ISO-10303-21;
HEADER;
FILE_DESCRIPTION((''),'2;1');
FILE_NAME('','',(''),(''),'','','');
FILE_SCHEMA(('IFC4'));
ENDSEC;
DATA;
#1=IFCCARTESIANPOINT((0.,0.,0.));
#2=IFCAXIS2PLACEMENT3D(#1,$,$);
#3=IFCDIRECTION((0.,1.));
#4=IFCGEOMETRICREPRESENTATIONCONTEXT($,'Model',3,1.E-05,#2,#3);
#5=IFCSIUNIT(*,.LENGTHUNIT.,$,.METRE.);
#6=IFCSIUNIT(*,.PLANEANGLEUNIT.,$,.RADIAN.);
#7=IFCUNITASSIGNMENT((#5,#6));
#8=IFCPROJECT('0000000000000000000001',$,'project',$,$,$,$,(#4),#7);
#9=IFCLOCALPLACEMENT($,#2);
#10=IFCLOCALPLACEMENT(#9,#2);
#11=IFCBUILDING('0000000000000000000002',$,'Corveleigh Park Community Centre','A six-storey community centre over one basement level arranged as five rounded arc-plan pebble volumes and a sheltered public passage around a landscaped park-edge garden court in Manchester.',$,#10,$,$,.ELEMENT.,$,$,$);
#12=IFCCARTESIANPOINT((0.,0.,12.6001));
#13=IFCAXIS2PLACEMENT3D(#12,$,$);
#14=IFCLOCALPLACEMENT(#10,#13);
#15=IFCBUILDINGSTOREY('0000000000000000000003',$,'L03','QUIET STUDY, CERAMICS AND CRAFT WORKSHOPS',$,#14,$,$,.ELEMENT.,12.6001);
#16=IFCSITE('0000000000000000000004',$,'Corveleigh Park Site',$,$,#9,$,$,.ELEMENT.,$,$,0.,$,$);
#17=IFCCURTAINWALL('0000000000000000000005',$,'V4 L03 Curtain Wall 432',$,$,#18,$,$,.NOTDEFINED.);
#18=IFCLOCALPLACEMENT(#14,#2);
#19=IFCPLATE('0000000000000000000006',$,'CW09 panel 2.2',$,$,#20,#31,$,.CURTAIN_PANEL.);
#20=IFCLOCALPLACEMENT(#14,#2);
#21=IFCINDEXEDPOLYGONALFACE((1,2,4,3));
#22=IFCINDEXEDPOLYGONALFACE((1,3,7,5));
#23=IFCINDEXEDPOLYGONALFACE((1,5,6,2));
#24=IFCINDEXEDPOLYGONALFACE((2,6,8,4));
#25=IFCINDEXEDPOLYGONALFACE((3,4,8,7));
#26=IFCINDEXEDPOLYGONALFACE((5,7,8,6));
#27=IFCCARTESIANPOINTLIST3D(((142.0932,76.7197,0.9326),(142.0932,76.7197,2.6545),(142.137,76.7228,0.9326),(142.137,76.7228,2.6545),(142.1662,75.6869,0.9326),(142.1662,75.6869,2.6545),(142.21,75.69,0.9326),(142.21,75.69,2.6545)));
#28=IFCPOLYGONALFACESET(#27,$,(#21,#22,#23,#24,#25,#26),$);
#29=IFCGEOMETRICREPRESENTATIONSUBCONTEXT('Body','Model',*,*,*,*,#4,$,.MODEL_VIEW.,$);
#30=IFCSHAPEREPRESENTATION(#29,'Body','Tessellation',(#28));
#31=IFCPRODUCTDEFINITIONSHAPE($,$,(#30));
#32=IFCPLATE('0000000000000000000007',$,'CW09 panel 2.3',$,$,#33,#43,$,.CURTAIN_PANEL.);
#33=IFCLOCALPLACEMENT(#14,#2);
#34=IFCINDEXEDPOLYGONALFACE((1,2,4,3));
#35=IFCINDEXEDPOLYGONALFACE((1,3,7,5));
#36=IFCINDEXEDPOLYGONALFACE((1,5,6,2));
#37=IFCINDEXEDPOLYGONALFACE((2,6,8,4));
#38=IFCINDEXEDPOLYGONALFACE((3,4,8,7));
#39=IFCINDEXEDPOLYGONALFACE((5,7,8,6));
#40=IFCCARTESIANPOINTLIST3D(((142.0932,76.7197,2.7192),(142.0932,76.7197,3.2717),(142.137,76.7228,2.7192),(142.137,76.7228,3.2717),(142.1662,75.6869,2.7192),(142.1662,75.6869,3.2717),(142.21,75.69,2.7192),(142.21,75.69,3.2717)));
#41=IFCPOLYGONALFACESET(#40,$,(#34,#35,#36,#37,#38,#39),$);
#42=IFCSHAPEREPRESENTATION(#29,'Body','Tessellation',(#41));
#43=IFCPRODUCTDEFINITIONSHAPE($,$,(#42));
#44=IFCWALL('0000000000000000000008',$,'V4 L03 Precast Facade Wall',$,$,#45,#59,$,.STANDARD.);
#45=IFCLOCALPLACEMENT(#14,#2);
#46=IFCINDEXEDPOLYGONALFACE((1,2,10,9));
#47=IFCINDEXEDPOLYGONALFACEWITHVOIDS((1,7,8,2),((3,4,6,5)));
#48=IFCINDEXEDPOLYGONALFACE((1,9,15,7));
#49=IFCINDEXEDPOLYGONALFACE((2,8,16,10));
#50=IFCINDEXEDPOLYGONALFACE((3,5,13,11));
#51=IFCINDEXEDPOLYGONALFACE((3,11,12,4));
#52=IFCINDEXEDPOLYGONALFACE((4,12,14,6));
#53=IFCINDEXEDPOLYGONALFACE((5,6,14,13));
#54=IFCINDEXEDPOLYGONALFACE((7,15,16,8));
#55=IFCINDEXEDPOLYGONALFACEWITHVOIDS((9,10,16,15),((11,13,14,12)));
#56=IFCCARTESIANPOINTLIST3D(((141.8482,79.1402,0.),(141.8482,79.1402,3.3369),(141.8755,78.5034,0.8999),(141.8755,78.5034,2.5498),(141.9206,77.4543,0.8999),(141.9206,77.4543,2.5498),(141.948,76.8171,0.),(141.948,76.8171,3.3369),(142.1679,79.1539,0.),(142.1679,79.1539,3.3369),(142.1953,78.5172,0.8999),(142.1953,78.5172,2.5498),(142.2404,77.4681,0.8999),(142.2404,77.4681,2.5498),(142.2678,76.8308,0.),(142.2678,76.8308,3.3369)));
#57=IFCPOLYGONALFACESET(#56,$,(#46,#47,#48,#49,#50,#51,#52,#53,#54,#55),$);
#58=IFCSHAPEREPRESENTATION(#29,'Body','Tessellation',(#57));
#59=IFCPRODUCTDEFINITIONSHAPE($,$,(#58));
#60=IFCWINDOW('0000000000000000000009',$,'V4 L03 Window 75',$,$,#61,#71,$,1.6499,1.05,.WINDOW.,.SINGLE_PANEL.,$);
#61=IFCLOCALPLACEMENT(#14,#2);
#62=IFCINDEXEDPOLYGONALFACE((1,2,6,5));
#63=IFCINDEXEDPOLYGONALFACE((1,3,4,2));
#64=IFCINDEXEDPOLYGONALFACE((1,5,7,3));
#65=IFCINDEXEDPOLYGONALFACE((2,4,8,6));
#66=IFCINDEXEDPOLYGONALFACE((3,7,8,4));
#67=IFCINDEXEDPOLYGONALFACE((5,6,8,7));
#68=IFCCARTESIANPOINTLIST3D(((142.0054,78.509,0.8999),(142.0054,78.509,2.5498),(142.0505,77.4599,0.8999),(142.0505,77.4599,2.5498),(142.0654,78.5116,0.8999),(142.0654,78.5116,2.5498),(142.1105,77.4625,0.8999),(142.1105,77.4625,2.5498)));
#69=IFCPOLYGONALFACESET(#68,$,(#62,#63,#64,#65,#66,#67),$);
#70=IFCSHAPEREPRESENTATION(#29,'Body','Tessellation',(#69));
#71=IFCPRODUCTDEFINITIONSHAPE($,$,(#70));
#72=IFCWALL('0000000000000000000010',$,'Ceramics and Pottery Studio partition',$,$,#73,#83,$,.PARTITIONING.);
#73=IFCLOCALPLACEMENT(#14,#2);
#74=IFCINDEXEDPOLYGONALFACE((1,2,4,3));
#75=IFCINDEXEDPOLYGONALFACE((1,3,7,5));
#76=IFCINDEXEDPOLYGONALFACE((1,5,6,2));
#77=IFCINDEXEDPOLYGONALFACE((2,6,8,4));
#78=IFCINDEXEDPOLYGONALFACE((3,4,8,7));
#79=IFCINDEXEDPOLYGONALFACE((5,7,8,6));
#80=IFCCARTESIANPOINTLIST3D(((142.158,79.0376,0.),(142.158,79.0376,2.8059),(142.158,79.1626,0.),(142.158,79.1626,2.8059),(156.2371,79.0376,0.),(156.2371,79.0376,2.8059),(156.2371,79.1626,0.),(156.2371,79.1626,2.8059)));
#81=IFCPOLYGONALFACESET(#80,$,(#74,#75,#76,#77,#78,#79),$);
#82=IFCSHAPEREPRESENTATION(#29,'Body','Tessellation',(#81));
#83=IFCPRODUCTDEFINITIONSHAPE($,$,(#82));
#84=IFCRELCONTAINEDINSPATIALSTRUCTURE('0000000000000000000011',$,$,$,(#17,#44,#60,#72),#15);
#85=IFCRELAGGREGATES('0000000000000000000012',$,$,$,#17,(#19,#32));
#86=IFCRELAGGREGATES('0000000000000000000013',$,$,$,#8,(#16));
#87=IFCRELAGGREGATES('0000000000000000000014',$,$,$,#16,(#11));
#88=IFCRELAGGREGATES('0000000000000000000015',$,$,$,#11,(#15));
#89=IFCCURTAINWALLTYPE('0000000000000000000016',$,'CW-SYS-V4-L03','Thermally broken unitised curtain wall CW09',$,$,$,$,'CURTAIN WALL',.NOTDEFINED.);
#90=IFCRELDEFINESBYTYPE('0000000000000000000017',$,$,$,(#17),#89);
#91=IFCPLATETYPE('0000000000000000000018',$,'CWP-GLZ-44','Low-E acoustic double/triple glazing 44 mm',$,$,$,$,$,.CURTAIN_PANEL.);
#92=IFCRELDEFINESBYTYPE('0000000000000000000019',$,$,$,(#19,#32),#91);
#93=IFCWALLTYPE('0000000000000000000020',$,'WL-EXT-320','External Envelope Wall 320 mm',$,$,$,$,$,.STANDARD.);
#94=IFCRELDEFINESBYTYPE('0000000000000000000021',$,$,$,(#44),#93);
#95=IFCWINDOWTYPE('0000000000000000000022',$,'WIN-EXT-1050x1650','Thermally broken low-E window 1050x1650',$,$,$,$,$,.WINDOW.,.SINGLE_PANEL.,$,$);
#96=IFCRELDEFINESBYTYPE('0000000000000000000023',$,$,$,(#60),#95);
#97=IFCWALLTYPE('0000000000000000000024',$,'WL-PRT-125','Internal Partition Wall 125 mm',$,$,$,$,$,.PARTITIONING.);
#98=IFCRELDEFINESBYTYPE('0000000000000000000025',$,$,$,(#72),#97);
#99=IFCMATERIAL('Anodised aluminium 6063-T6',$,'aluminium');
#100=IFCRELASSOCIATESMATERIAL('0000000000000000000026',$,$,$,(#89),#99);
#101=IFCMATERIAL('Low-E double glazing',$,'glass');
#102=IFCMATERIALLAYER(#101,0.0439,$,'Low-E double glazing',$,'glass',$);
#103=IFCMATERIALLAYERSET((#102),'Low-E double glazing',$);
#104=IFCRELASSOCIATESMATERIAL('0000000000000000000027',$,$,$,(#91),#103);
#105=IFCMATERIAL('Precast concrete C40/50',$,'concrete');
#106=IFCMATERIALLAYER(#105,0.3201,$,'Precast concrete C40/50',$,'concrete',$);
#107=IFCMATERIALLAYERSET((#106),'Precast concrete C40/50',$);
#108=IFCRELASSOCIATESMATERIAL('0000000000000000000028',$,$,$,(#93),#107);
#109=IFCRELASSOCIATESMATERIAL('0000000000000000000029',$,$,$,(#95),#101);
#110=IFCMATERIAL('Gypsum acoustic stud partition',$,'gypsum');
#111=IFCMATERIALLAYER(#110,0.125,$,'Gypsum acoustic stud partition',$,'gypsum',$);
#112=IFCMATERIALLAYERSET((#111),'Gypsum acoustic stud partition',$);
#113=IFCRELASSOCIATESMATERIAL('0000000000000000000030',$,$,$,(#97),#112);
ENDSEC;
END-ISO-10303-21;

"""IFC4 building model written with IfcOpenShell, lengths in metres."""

from ifc_helpers import new_model, si_unit, direction, frame, frame_2d, origin, origin_2d, place, context, subcontext, project, spatial, rectangle, extrude, material, layer, layer_set, type_object, element, fill, aggregate, save


model = new_model("IFC4")

# Units and contexts
model_context = context("Model", 3, precision=1e-05, world=origin(), true_north=direction((0.0, 1.0)))
body_context = subcontext(model_context, "Body", "Model", "MODEL_VIEW")
ifc_project = project(units=[si_unit("LENGTHUNIT", "METRE"), si_unit("PLANEANGLEUNIT", "RADIAN")], contexts=[model_context])

# Site, building, storey
site_placement = place(None, origin())
site = spatial("IfcSite", under=ifc_project, at=site_placement, Name="Corveleigh Park Site", CompositionType="ELEMENT", RefElevation=0.0)
building_placement = place(site_placement, origin())
building = spatial("IfcBuilding", under=site, at=building_placement, Name="Corveleigh Park Community Centre", Description="A six-storey community centre over one basement level arranged as five rounded arc-plan pebble volumes and a sheltered public passage around a landscaped park-edge garden court in Manchester.", CompositionType="ELEMENT")
storey_placement = place(building_placement, frame((0.0, 0.0, 12.6001)))
storey = spatial("IfcBuildingStorey", under=building, at=storey_placement, Name="L03", Description="QUIET STUDY, CERAMICS AND CRAFT WORKSHOPS", CompositionType="ELEMENT", Elevation=12.6001)

# Curtain wall
ifc_material_1 = material(Name="Anodised aluminium 6063-T6", Category="aluminium")
curtain_wall_type = type_object("IfcCurtainWallType", Name="CW-SYS-V4-L03", Description="Thermally broken unitised curtain wall CW09", ElementType="CURTAIN WALL", PredefinedType="NOTDEFINED", material=ifc_material_1)
curtain_wall_1_placement = place(storey_placement, origin())
curtain_wall_1 = element("IfcCurtainWall", 1, at=curtain_wall_1_placement, inside=storey, type_object=curtain_wall_type, Name="V4 L03 Curtain Wall 432", PredefinedType="NOTDEFINED")

# Plates
ifc_material_2 = material(Name="Low-E double glazing", Category="glass")
ifc_layer_1 = layer(ifc_material_2, 0.0439, Name="Low-E double glazing", Category="glass")
ifc_layer_set_1 = layer_set([ifc_layer_1], Name="Low-E double glazing")
plate_type = type_object("IfcPlateType", Name="CWP-GLZ-44", Description="Low-E acoustic double/triple glazing 44 mm", PredefinedType="CURTAIN_PANEL", material=ifc_layer_set_1)
plate_1_placement = place(storey_placement, frame((142.1516, 76.2048, 0.9326), z_axis=(0.0, 0.0, 1.0), x_axis=(-0.070514, 0.997511, 0.0)))
plate_1 = element("IfcPlate", 2, at=plate_1_placement, type_object=plate_type, Name="CW09 panel 2.2", PredefinedType="CURTAIN_PANEL", context=body_context, shape_type="SweptSolid", body=[
    extrude(rectangle(XDim=1.0354, YDim=0.0439, at=origin_2d()), origin(), (0.0, 0.0, 1.0), 1.7219),
])
plate_2_placement = place(storey_placement, frame((142.1516, 76.2048, 2.7192), z_axis=(0.0, 0.0, 1.0), x_axis=(-0.070514, 0.997511, 0.0)))
plate_2 = element("IfcPlate", 3, at=plate_2_placement, type_object=plate_type, Name="CW09 panel 2.3", PredefinedType="CURTAIN_PANEL", context=body_context, shape_type="SweptSolid", body=[
    extrude(rectangle(XDim=1.0354, YDim=0.0439, at=origin_2d()), origin(), (0.0, 0.0, 1.0), 0.5525),
])
aggregate(curtain_wall_1, [plate_1, plate_2])

# Wall, opening, window
ifc_material_3 = material(Name="Precast concrete C40/50", Category="concrete")
ifc_layer_2 = layer(ifc_material_3, 0.3201, Name="Precast concrete C40/50", Category="concrete")
ifc_layer_set_2 = layer_set([ifc_layer_2], Name="Precast concrete C40/50")
wall_type_1 = type_object("IfcWallType", Name="WL-EXT-320", Description="External Envelope Wall 320 mm", PredefinedType="STANDARD", material=ifc_layer_set_2)
wall_1_placement = place(storey_placement, frame((142.1079, 76.824, 0.0), z_axis=(0.0, 0.0, 1.0), x_axis=(-0.042945, 0.999077, 0.0)))
wall_1 = element("IfcWall", 4, at=wall_1_placement, inside=storey, type_object=wall_type_1, Name="V4 L03 Precast Facade Wall", PredefinedType="STANDARD", context=body_context, shape_type="SweptSolid", body=[
    extrude(rectangle(XDim=2.3252, YDim=0.3201, at=frame_2d((1.1626, 0.0))), origin(), (0.0, 0.0, 1.0), 3.3369),
])
opening_placement = place(wall_1_placement, frame((0.6379, 0.0, 0.8999)))
opening = element("IfcOpeningElement", 5, at=opening_placement, cuts=wall_1, PredefinedType="OPENING", context=body_context, shape_type="SweptSolid", body=[
    extrude(rectangle(XDim=1.05, YDim=1.6499, at=frame_2d((0.5249, 0.825))), frame((0.0, 0.1699, 0.0), z_axis=(0.0, -1.0, 0.0), x_axis=(1.0, 0.0, 0.0)), (0.0, 0.0, 1.0), 0.3401),
])
window_type = type_object("IfcWindowType", Name="WIN-EXT-1050x1650", Description="Thermally broken low-E window 1050x1650", PartitioningType="SINGLE_PANEL", PredefinedType="WINDOW", material=ifc_material_2)
window_placement = place(opening_placement, origin())
window = element("IfcWindow", 6, at=window_placement, inside=storey, type_object=window_type, Name="V4 L03 Window 75", OverallHeight=1.6499, OverallWidth=1.05, PartitioningType="SINGLE_PANEL", PredefinedType="WINDOW", context=body_context, shape_type="SweptSolid", body=[
    extrude(rectangle(XDim=1.05, YDim=1.6499, at=frame_2d((0.5249, 0.825))), frame((0.0, 0.03, 0.0), z_axis=(0.0, -1.0, 0.0), x_axis=(1.0, 0.0, 0.0)), (0.0, 0.0, 1.0), 0.0601),
])
fill(opening, window)

# Wall
ifc_material_4 = material(Name="Gypsum acoustic stud partition", Category="gypsum")
ifc_layer_3 = layer(ifc_material_4, 0.125, Name="Gypsum acoustic stud partition", Category="gypsum")
ifc_layer_set_3 = layer_set([ifc_layer_3], Name="Gypsum acoustic stud partition")
wall_type_2 = type_object("IfcWallType", Name="WL-PRT-125", Description="Internal Partition Wall 125 mm", PredefinedType="PARTITIONING", material=ifc_layer_set_3)
wall_2_placement = place(storey_placement, frame((142.158, 79.1001, 0.0), z_axis=(0.0, 0.0, 1.0), x_axis=(1.0, 0.0, 0.0)))
element("IfcWall", 7, at=wall_2_placement, inside=storey, type_object=wall_type_2, Name="Ceramics and Pottery Studio partition", PredefinedType="PARTITIONING", context=body_context, shape_type="SweptSolid", body=[
    extrude(rectangle(XDim=14.0791, YDim=0.125, at=frame_2d((7.0396, 0.0))), origin(), (0.0, 0.0, 1.0), 2.8059),
])

save(model, "model.ifc")
